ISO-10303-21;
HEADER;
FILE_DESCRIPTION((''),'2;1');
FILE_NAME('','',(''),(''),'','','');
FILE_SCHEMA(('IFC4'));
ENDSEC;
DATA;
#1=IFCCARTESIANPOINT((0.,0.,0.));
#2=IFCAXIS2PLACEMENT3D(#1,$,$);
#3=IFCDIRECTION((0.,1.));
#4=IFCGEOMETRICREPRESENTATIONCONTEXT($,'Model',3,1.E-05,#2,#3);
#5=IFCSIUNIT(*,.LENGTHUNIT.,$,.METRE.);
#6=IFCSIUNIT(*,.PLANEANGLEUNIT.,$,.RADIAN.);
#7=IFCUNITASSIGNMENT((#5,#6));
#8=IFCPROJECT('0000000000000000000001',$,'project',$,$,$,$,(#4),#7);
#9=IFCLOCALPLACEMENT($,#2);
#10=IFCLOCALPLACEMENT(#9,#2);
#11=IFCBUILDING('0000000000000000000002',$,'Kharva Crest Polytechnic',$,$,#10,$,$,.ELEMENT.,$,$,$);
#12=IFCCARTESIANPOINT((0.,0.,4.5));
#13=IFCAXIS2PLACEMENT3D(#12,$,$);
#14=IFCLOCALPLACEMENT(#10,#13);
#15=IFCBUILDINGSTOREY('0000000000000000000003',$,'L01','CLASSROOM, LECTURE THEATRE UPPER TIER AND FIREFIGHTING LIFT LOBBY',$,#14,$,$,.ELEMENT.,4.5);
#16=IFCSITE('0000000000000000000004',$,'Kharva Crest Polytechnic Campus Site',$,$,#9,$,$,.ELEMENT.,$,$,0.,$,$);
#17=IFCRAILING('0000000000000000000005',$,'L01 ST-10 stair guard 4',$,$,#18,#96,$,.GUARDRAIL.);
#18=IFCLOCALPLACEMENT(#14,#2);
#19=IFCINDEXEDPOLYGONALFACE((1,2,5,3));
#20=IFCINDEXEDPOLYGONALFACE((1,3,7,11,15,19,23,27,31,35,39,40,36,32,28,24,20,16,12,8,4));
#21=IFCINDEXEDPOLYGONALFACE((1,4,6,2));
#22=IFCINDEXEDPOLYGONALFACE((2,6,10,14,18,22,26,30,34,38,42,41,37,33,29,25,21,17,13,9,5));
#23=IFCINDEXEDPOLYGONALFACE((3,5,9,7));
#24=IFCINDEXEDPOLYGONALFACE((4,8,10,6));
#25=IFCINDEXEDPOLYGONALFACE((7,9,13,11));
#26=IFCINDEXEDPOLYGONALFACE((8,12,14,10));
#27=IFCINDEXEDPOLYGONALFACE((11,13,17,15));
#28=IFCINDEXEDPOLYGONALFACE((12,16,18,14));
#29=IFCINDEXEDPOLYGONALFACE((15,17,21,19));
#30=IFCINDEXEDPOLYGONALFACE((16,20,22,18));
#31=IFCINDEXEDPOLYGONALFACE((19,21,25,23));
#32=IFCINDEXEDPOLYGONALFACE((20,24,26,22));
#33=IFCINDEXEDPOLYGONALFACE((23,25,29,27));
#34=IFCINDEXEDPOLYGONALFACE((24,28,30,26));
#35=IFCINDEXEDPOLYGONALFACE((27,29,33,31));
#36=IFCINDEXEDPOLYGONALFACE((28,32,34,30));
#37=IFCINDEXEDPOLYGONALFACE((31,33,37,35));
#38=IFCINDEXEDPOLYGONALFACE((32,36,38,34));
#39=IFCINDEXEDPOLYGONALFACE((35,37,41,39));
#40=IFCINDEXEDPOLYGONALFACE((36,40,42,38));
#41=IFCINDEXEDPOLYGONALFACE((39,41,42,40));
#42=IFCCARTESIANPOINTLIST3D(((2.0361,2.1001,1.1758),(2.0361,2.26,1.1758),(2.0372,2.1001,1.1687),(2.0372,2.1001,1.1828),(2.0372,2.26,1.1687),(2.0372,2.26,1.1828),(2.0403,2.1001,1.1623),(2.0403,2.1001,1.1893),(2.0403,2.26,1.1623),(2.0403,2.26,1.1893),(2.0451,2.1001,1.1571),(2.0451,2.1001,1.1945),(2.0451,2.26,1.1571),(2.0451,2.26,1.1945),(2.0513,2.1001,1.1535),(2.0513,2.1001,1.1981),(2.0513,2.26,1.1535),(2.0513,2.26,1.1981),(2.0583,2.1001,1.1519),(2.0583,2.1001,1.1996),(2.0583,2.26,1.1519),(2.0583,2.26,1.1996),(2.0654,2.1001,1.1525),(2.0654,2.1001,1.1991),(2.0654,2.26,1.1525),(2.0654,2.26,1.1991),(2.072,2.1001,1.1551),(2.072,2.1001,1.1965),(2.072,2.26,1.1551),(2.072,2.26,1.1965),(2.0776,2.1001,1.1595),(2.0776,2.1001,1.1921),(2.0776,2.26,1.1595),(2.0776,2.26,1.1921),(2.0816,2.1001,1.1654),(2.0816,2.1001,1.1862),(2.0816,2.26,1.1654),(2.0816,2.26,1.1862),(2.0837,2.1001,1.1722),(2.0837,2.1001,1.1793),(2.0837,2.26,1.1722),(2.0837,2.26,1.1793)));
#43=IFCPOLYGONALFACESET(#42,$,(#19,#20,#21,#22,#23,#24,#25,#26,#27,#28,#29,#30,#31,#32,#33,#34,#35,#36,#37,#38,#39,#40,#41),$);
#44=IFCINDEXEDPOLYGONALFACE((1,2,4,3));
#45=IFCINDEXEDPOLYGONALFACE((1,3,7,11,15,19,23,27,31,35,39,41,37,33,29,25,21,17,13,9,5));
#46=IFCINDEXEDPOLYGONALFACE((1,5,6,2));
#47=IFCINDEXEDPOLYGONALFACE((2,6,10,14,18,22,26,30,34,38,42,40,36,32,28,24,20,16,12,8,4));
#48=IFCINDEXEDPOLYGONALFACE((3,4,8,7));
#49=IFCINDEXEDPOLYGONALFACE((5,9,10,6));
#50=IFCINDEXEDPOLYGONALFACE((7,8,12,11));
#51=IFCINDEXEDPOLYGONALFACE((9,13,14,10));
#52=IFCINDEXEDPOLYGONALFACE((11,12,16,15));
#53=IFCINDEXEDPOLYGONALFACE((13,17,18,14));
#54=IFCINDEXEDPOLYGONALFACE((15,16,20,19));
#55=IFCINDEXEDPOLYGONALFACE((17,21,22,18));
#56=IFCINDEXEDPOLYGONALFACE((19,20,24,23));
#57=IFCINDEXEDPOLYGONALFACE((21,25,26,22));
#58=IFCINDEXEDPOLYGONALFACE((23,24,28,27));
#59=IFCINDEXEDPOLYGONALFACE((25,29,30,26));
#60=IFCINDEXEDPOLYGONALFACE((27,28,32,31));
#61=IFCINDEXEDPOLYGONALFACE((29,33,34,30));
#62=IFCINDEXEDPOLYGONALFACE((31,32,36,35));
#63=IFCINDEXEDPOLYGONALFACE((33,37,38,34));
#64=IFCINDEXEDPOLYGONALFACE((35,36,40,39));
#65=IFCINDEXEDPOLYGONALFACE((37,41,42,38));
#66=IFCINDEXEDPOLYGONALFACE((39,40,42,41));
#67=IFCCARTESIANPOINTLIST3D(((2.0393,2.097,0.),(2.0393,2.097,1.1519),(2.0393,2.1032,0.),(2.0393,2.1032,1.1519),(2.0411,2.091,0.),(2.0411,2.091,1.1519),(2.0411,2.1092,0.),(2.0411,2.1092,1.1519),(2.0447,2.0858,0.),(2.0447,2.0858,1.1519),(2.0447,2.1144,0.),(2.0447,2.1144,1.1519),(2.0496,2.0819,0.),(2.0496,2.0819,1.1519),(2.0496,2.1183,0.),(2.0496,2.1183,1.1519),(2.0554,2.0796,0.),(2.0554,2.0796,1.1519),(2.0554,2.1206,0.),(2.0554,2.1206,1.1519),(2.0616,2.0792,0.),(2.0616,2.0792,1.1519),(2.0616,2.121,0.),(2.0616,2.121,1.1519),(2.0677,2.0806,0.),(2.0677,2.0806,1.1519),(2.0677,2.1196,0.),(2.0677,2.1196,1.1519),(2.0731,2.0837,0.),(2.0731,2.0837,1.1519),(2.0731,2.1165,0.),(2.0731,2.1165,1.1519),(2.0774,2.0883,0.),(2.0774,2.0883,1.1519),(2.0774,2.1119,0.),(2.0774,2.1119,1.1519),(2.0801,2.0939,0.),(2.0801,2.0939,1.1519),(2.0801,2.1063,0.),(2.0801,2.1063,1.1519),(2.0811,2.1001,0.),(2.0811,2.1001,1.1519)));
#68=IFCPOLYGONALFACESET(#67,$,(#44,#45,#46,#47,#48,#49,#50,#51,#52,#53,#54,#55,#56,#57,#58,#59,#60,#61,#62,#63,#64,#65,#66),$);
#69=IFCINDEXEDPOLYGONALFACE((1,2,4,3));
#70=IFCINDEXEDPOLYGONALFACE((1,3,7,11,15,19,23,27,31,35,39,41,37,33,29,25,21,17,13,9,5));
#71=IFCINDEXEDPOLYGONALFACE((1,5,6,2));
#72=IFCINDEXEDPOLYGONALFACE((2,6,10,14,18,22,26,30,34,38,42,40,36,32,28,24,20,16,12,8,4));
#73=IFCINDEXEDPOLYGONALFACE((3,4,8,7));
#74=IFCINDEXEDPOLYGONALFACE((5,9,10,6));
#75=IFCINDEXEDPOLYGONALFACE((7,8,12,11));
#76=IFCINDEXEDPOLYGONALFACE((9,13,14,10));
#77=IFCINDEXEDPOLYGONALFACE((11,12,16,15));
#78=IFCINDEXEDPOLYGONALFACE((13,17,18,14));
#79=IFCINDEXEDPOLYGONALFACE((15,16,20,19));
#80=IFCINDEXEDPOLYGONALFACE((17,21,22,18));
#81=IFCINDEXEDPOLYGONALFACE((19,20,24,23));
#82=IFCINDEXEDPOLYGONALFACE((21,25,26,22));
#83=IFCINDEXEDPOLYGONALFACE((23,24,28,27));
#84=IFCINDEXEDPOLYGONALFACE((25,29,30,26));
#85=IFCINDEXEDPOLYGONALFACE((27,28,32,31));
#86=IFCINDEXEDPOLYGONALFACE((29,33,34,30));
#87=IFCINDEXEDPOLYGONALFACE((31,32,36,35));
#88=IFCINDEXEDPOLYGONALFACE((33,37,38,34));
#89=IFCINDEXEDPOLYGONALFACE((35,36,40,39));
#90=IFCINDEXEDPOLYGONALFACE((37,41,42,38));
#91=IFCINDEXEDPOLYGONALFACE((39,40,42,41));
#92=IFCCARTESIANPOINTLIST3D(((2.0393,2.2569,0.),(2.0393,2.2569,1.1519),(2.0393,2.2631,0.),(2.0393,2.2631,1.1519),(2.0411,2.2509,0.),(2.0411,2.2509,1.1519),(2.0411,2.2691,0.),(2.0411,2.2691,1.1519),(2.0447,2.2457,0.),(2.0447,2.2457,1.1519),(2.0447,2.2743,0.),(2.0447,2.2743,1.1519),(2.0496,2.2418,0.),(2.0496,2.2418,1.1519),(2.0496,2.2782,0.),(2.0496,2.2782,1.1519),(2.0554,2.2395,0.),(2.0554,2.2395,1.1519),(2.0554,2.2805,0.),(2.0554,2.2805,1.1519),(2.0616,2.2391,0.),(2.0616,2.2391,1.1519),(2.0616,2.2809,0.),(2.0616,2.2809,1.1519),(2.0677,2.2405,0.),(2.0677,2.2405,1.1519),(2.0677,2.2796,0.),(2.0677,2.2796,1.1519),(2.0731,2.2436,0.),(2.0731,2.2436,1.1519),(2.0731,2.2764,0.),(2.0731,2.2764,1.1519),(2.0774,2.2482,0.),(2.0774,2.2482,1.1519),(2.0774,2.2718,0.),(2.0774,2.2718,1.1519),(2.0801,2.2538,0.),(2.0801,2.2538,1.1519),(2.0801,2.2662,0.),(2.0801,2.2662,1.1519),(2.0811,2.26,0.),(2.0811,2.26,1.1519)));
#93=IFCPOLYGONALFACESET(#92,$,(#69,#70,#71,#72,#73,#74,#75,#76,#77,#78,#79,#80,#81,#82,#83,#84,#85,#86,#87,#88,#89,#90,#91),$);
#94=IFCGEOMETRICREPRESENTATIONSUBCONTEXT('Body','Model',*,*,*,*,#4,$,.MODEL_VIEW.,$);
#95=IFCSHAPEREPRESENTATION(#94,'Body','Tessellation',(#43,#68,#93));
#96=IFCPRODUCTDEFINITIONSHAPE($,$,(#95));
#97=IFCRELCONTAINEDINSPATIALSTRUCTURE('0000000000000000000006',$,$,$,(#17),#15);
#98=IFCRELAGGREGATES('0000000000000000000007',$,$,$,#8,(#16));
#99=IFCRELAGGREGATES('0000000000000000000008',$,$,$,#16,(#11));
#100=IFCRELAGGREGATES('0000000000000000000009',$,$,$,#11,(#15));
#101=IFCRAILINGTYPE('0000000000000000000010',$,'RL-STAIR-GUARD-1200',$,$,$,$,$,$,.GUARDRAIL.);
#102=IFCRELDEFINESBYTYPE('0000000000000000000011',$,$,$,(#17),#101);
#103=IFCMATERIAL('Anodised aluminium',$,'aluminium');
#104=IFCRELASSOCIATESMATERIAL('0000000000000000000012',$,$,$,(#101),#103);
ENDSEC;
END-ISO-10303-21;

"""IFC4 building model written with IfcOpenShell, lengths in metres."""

from ifc_helpers import new_model, si_unit, direction, frame, origin, origin_2d, place, context, subcontext, project, spatial, circle, extrude, material, type_object, element, save


model = new_model("IFC4")

# Units and contexts
model_context = context("Model", 3, precision=1e-05, world=origin(), true_north=direction((0.0, 1.0)))
body_context = subcontext(model_context, "Body", "Model", "MODEL_VIEW")
ifc_project = project(units=[si_unit("LENGTHUNIT", "METRE"), si_unit("PLANEANGLEUNIT", "RADIAN")], contexts=[model_context])

# Site, building, storey
site_placement = place(None, origin())
site = spatial("IfcSite", under=ifc_project, at=site_placement, Name="Kharva Crest Polytechnic Campus Site", CompositionType="ELEMENT", RefElevation=0.0)
building_placement = place(site_placement, origin())
building = spatial("IfcBuilding", under=site, at=building_placement, Name="Kharva Crest Polytechnic", CompositionType="ELEMENT")
storey_placement = place(building_placement, frame((0.0, 0.0, 4.5)))
storey = spatial("IfcBuildingStorey", under=building, at=storey_placement, Name="L01", Description="CLASSROOM, LECTURE THEATRE UPPER TIER AND FIREFIGHTING LIFT LOBBY", CompositionType="ELEMENT", Elevation=4.5)

# Shared definitions
ifc_material_1 = material(Name="Anodised aluminium", Category="aluminium")

# Railing
railing_type_1 = type_object("IfcRailingType", Name="RL-STAIR-GUARD-1200", PredefinedType="GUARDRAIL", material=ifc_material_1)
railing_1_placement = place(storey_placement, frame((2.0601, 2.1001, 0.0)))
element("IfcRailing", 1, at=railing_1_placement, inside=storey, type_object=railing_type_1, Name="L01 ST-10 stair guard 4", PredefinedType="GUARDRAIL", context=body_context, shape_type="SweptSolid", body=[
    extrude(circle(Radius=0.0239, at=origin_2d()), frame((0.0, 0.0, 1.1758), z_axis=(0.0, 1.0, 0.0), x_axis=(-1.0, 0.0, 0.0)), (0.0, 0.0, 1.0), 0.1599),
    extrude(circle(Radius=0.021, at=origin_2d()), origin(), (0.0, 0.0, 1.0), 1.1519),
    extrude(circle(Radius=0.021, at=origin_2d()), frame((0.0, 0.1599, 0.0)), (0.0, 0.0, 1.0), 1.1519),
])

save(model, "model.ifc")
